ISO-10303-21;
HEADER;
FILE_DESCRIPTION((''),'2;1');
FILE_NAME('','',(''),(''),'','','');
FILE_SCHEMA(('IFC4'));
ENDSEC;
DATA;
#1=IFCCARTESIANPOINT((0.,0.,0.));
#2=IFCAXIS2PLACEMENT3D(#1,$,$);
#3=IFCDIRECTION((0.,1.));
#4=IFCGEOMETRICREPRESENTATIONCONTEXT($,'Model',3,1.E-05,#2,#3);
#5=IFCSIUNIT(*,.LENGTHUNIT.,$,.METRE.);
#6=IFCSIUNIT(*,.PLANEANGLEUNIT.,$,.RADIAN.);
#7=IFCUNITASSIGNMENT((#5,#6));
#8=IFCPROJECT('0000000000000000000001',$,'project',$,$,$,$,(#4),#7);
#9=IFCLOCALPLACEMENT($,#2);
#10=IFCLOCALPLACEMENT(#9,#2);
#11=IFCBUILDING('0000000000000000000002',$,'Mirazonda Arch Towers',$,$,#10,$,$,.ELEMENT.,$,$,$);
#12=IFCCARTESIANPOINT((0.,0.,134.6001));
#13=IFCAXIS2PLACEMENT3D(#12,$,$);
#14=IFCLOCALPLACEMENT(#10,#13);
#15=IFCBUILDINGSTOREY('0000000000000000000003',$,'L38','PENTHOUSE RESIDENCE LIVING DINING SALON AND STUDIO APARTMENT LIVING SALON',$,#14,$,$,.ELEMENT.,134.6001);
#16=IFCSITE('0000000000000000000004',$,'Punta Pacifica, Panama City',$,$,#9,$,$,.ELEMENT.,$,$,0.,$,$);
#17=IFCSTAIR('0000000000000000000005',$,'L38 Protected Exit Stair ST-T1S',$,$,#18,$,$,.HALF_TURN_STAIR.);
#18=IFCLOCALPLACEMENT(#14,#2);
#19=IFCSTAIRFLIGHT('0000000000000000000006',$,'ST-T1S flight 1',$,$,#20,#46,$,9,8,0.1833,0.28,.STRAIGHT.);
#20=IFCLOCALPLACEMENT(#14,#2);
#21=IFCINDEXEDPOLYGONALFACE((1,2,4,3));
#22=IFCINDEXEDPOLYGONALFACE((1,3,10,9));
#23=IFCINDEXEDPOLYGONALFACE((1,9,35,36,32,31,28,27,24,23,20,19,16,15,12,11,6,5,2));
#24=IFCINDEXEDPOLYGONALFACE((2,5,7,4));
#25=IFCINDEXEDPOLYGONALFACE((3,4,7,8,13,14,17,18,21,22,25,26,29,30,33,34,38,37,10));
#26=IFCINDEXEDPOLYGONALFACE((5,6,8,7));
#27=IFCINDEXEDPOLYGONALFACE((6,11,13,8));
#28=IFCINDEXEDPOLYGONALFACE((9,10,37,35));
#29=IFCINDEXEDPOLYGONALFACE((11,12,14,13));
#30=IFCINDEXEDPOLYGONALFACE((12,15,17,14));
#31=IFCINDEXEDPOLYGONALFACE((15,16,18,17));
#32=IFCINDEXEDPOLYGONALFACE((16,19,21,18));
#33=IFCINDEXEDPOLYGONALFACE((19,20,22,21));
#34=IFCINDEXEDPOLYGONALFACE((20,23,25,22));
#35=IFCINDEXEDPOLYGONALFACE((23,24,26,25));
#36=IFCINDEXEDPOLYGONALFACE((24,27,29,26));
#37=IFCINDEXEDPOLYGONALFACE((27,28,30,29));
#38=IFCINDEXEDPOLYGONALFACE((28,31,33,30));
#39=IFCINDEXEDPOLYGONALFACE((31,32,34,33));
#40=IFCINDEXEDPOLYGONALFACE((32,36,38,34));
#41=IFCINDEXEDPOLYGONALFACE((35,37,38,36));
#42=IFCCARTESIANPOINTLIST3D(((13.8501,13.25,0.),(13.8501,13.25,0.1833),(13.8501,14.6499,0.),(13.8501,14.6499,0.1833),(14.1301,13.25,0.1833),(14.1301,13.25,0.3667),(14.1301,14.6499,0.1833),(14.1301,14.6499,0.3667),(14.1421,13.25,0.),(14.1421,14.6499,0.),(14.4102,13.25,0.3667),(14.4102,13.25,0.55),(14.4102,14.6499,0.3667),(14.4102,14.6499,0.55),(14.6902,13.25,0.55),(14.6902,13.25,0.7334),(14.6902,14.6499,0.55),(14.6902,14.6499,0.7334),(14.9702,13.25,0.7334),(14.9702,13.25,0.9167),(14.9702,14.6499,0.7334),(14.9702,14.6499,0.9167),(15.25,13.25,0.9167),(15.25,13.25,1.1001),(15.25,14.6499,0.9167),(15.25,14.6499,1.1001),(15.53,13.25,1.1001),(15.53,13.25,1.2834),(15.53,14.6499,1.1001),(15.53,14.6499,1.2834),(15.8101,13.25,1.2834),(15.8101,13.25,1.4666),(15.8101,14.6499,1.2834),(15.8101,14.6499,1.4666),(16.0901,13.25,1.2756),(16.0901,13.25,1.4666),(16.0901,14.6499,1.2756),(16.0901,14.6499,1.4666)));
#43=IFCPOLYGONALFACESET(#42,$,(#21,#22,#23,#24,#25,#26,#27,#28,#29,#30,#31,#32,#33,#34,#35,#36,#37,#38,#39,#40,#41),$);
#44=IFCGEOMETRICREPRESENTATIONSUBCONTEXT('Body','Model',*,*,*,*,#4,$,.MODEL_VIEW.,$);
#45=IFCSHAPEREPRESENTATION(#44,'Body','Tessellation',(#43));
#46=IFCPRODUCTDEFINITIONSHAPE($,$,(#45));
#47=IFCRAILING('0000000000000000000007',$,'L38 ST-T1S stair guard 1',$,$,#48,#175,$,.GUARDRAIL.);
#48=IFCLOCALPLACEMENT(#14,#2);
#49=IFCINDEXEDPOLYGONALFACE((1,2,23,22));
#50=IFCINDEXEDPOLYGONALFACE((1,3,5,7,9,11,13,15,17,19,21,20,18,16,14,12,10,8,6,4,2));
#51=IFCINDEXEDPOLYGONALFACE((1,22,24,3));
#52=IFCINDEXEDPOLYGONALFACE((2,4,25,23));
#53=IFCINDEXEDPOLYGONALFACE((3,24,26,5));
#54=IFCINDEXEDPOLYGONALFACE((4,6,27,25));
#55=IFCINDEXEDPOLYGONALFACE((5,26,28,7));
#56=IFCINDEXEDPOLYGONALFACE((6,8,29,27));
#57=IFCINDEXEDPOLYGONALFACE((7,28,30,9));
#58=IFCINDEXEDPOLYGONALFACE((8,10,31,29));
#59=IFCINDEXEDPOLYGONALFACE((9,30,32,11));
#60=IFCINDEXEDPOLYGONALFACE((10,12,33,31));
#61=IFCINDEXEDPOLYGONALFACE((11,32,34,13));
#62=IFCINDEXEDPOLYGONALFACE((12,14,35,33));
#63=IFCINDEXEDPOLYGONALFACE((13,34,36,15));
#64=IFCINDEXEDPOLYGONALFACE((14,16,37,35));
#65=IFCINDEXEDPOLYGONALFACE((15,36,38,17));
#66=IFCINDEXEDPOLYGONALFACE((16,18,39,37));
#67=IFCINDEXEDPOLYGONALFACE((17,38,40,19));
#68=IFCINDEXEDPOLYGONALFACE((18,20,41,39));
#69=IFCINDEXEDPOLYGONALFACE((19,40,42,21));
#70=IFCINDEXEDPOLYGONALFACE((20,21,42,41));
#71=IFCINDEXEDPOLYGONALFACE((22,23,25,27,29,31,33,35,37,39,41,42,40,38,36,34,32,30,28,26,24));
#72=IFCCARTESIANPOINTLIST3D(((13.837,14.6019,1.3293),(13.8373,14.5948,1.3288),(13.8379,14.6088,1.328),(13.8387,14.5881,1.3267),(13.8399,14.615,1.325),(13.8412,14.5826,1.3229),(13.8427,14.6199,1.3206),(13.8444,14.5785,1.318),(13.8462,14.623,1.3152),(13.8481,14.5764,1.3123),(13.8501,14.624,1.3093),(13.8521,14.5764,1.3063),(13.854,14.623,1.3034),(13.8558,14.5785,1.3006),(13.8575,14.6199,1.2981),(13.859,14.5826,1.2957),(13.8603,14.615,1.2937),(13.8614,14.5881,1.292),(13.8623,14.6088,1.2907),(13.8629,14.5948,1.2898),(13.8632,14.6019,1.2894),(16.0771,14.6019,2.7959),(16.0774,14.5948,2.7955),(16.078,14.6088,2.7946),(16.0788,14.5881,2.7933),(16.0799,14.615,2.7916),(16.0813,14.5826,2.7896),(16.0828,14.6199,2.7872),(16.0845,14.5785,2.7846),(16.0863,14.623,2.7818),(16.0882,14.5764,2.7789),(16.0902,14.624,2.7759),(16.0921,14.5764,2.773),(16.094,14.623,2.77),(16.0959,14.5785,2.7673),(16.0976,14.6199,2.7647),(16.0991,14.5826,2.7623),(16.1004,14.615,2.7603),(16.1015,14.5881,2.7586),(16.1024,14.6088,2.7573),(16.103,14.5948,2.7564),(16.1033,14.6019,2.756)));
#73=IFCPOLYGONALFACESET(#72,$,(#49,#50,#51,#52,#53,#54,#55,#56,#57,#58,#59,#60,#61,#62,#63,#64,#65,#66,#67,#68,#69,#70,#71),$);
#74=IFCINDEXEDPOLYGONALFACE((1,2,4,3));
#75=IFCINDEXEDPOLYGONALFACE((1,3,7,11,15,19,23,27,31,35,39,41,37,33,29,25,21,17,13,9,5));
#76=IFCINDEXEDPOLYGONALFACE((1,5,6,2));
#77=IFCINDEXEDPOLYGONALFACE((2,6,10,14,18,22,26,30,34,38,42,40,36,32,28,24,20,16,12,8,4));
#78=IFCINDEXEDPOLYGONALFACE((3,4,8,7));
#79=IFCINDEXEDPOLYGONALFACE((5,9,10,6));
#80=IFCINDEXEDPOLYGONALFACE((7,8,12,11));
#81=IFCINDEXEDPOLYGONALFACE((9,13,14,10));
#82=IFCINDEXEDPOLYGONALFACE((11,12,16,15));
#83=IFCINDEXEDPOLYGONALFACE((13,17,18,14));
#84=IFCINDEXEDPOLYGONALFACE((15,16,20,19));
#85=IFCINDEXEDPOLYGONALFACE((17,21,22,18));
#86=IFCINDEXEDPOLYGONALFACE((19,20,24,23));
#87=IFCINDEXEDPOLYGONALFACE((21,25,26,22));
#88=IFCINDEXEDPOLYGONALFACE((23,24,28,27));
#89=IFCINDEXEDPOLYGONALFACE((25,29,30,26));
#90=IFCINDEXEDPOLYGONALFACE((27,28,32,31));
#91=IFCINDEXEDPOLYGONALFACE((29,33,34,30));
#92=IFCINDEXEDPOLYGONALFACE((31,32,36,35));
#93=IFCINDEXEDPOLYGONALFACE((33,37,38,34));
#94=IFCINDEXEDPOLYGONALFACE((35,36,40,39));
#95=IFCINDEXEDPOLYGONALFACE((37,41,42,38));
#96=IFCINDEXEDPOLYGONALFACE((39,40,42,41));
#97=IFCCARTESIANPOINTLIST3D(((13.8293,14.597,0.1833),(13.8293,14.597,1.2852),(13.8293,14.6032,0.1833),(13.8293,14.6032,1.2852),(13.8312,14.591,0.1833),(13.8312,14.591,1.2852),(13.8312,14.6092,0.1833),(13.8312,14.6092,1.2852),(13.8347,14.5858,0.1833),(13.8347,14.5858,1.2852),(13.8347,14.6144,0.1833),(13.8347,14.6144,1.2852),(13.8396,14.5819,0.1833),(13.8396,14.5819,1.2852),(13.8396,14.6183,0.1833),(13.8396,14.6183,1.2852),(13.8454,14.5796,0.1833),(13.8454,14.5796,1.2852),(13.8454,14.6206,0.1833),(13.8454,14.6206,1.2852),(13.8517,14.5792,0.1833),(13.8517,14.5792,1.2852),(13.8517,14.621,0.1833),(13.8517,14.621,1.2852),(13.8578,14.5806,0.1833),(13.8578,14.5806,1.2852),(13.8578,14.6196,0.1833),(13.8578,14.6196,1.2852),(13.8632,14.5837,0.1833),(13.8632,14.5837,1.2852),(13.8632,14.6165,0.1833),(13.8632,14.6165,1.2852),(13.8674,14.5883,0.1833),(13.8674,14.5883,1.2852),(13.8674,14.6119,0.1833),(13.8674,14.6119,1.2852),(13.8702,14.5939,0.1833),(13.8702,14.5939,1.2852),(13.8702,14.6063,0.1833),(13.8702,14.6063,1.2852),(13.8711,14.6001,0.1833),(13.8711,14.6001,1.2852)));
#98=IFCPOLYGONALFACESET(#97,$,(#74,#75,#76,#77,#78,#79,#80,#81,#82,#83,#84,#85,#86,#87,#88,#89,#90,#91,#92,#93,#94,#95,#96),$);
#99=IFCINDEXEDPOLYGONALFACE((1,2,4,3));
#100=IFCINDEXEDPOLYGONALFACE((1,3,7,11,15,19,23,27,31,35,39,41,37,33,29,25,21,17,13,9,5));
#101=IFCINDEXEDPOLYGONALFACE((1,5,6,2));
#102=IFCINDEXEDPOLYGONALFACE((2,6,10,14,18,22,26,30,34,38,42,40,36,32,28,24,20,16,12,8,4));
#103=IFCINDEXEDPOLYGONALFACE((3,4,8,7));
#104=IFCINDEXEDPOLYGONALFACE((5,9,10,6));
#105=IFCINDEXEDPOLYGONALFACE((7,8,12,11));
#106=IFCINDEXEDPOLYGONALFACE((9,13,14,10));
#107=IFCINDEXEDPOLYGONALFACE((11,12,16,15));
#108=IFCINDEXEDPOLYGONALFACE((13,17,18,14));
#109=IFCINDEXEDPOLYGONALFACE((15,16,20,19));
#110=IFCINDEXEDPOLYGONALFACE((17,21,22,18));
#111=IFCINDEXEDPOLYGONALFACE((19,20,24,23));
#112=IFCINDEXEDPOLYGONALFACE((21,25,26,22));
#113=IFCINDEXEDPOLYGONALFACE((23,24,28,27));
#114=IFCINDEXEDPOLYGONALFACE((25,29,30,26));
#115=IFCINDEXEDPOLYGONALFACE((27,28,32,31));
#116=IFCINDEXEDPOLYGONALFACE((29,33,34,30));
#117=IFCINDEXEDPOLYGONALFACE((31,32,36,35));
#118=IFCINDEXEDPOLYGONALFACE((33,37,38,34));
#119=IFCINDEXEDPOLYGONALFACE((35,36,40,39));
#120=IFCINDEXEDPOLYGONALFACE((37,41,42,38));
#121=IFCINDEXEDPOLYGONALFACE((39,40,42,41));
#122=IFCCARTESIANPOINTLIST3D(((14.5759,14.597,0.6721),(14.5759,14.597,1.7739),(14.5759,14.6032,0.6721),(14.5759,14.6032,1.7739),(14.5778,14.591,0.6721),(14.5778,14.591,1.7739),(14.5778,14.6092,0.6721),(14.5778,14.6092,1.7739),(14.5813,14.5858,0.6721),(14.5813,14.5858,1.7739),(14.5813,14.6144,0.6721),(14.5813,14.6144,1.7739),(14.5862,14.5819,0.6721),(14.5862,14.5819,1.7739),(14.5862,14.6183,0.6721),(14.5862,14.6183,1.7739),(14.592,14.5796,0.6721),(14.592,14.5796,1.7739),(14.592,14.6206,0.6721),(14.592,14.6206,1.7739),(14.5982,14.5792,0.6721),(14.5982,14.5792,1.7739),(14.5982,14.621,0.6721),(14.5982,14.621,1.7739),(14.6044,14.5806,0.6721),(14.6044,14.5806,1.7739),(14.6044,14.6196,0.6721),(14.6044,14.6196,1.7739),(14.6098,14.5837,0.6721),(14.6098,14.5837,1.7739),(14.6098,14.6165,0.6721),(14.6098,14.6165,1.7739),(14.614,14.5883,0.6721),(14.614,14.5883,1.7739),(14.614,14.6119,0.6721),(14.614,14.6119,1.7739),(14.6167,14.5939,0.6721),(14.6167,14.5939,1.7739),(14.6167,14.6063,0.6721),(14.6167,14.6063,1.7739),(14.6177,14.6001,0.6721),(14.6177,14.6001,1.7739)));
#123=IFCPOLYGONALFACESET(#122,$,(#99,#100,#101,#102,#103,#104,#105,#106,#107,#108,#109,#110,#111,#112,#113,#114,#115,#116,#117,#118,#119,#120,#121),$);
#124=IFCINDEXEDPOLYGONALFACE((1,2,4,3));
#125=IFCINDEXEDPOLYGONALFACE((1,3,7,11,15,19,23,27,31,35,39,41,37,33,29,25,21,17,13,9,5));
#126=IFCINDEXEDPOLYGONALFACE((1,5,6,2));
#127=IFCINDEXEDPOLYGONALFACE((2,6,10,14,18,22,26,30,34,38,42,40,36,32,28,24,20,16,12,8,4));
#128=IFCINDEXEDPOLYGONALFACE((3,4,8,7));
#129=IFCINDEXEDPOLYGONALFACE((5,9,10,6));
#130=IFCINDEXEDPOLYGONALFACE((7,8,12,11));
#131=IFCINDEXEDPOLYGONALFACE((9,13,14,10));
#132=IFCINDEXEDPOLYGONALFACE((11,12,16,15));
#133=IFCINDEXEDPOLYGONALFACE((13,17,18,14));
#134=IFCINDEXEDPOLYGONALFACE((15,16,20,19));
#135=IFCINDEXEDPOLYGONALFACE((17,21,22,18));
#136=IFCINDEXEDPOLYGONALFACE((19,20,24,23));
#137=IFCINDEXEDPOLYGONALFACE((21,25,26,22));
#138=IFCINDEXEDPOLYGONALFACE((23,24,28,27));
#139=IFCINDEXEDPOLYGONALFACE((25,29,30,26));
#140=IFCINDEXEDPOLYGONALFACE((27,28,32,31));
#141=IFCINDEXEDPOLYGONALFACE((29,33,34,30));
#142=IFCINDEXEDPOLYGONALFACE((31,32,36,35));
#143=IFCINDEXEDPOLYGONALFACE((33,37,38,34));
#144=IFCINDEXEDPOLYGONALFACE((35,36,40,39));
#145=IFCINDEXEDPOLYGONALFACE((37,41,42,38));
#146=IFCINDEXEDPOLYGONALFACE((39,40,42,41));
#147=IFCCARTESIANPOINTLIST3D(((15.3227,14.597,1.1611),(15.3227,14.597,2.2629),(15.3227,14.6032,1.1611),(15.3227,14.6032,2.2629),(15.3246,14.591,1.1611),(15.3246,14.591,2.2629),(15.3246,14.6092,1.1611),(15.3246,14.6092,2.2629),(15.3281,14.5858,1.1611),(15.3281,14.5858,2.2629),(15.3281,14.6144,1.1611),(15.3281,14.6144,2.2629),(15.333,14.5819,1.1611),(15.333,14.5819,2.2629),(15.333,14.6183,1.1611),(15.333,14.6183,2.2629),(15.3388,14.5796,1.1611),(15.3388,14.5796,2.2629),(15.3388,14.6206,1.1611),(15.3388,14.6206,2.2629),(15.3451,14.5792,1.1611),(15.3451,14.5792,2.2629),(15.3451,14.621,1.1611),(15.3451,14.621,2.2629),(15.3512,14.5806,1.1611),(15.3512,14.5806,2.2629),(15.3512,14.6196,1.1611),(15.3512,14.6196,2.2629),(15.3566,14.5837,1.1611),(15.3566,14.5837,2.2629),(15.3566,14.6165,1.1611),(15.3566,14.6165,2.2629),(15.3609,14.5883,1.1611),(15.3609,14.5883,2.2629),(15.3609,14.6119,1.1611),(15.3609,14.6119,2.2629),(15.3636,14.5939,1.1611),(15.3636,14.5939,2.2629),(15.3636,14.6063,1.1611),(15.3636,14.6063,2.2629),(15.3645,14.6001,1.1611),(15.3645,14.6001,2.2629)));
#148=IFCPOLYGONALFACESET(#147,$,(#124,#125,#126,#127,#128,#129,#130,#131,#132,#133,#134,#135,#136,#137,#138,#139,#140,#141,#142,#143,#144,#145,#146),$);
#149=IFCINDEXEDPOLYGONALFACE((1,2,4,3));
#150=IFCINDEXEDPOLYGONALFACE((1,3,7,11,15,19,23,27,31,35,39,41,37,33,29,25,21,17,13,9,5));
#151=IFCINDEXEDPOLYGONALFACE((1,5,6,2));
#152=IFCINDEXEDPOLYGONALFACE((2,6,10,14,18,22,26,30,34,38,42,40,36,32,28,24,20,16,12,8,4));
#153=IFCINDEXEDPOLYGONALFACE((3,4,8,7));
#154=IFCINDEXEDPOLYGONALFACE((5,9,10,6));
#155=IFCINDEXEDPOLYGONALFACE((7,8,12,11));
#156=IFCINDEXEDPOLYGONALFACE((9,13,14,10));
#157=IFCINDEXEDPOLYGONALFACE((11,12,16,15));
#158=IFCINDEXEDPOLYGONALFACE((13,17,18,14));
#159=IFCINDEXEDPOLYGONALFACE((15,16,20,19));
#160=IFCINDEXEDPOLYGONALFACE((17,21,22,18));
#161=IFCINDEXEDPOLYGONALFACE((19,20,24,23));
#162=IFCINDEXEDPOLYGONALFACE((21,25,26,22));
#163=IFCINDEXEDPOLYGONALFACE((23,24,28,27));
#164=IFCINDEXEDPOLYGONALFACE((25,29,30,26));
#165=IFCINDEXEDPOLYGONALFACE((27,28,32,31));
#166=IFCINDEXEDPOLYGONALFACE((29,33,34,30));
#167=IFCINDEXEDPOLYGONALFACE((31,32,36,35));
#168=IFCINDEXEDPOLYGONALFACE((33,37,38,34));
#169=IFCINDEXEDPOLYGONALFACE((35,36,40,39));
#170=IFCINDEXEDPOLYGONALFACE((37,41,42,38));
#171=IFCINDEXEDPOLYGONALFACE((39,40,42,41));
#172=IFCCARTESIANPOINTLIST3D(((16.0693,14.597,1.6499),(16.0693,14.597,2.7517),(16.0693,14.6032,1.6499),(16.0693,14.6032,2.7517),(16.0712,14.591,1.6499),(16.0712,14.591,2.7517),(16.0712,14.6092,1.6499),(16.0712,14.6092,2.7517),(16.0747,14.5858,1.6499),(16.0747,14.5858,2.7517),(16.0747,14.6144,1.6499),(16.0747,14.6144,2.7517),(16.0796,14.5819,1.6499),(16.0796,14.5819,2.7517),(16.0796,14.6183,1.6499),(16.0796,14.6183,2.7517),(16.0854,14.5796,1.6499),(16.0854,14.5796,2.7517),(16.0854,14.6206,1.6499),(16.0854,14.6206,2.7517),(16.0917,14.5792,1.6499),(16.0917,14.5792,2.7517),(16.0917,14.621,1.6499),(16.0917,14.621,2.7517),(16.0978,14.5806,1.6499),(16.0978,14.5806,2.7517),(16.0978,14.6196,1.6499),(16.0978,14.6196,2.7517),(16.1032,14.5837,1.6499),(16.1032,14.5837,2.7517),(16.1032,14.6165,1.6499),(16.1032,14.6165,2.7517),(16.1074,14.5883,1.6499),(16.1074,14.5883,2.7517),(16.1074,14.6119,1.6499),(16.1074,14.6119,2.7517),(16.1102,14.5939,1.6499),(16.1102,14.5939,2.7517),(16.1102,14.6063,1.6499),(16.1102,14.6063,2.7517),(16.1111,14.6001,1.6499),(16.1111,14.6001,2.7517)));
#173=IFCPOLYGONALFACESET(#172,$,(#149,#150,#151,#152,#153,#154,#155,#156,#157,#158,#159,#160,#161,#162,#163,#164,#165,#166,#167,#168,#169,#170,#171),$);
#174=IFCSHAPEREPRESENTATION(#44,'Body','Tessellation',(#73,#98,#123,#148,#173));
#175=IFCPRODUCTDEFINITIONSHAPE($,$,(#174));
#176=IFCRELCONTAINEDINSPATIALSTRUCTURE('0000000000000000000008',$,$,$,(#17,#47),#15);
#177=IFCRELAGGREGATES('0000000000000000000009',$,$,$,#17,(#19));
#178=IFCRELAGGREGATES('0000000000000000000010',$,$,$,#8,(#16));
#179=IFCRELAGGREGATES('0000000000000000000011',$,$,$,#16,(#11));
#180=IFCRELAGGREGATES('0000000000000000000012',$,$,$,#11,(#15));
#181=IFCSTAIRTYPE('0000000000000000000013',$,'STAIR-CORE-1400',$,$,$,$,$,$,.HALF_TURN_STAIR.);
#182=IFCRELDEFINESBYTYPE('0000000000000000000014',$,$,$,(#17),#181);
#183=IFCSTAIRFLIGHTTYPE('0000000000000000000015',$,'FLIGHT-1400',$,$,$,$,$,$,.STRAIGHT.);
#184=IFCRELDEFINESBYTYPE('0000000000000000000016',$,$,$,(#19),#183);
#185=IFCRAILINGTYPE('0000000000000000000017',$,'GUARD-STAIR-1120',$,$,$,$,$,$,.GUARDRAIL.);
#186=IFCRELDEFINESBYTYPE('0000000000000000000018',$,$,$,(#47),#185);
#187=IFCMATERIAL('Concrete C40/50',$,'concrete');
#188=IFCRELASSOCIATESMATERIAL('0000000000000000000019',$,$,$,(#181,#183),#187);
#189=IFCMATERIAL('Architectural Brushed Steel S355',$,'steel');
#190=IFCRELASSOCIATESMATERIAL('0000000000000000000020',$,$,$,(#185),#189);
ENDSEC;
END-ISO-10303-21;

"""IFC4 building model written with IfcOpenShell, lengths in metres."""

from ifc_helpers import new_model, si_unit, direction, frame, origin, origin_2d, place, context, subcontext, project, spatial, polyline, circle, outline, extrude, material, type_object, element, aggregate, save


model = new_model("IFC4")

# Units and contexts
model_context = context("Model", 3, precision=1e-05, world=origin(), true_north=direction((0.0, 1.0)))
body_context = subcontext(model_context, "Body", "Model", "MODEL_VIEW")
ifc_project = project(units=[si_unit("LENGTHUNIT", "METRE"), si_unit("PLANEANGLEUNIT", "RADIAN")], contexts=[model_context])

# Site, building, storey
site_placement = place(None, origin())
site = spatial("IfcSite", under=ifc_project, at=site_placement, Name="Punta Pacifica, Panama City", CompositionType="ELEMENT", RefElevation=0.0)
building_placement = place(site_placement, origin())
building = spatial("IfcBuilding", under=site, at=building_placement, Name="Mirazonda Arch Towers", CompositionType="ELEMENT")
storey_placement = place(building_placement, frame((0.0, 0.0, 134.6001)))
storey = spatial("IfcBuildingStorey", under=building, at=storey_placement, Name="L38", Description="PENTHOUSE RESIDENCE LIVING DINING SALON AND STUDIO APARTMENT LIVING SALON", CompositionType="ELEMENT", Elevation=134.6001)

# Stair
ifc_material_1 = material(Name="Concrete C40/50", Category="concrete")
stair_type = type_object("IfcStairType", Name="STAIR-CORE-1400", PredefinedType="HALF_TURN_STAIR", material=ifc_material_1)
stair_1_placement = place(storey_placement, origin())
stair_1 = element("IfcStair", 1, at=stair_1_placement, inside=storey, type_object=stair_type, Name="L38 Protected Exit Stair ST-T1S", PredefinedType="HALF_TURN_STAIR")

# Shared definitions
ifc_material_2 = material(Name="Architectural Brushed Steel S355", Category="steel")

# Stair flight
stair_flight_type = type_object("IfcStairFlightType", Name="FLIGHT-1400", PredefinedType="STRAIGHT", material=ifc_material_1)
stair_flight_placement = place(storey_placement, frame((13.8501, 13.95, 0.0), z_axis=(0.0, 0.0, 1.0), x_axis=(1.0, 0.0, 0.0)))
stair_flight = element("IfcStairFlight", 2, at=stair_flight_placement, type_object=stair_flight_type, Name="ST-T1S flight 1", NumberOfRisers=9, NumberOfTreads=8, PredefinedType="STRAIGHT", RiserHeight=0.1833, TreadLength=0.28, context=body_context, shape_type="SweptSolid", body=[
    extrude(outline(polyline([(0.0, 0.0), (0.0, 0.1833), (0.28, 0.1833), (0.28, 0.3667), (0.5601, 0.3667), (0.5601, 0.55), (0.8401, 0.55), (0.8401, 0.7334), (1.1201, 0.7334), (1.1201, 0.9167), (1.3999, 0.9167), (1.3999, 1.1001), (1.6799, 1.1001), (1.6799, 1.2834), (1.96, 1.2834), (1.96, 1.4666), (2.24, 1.4666), (2.24, 1.6499), (2.24, 1.2756), (0.292, 0.0), (0.0, 0.0)])), frame((0.0, 0.7, 0.0), z_axis=(0.0, -1.0, 0.0), x_axis=(1.0, 0.0, 0.0)), (0.0, 0.0, 1.0), 1.3999),
])
aggregate(stair_1, [stair_flight])

# Railing
railing_type_1 = type_object("IfcRailingType", Name="GUARD-STAIR-1120", PredefinedType="GUARDRAIL", material=ifc_material_2)
railing_1_placement = place(storey_placement, frame((13.8501, 14.6001, 0.1833)))
element("IfcRailing", 3, at=railing_1_placement, inside=storey, type_object=railing_type_1, Name="L38 ST-T1S stair guard 1", PredefinedType="GUARDRAIL", context=body_context, shape_type="SweptSolid", body=[
    extrude(circle(Radius=0.0239, at=origin_2d()), frame((0.0, 0.0, 1.126), z_axis=(0.836637, 0.0, 0.547758), x_axis=(0.0, 1.0, 0.0)), (0.0, 0.0, 1.0), 2.6775),
    extrude(circle(Radius=0.021, at=origin_2d()), origin(), (0.0, 0.0, 1.0), 1.1018),
    extrude(circle(Radius=0.021, at=origin_2d()), frame((0.7466, 0.0, 0.4888)), (0.0, 0.0, 1.0), 1.1018),
    extrude(circle(Radius=0.021, at=origin_2d()), frame((1.4934, 0.0, 0.9778)), (0.0, 0.0, 1.0), 1.1018),
    extrude(circle(Radius=0.021, at=origin_2d()), frame((2.24, 0.0, 1.4666)), (0.0, 0.0, 1.0), 1.1018),
])

save(model, "model.ifc")
